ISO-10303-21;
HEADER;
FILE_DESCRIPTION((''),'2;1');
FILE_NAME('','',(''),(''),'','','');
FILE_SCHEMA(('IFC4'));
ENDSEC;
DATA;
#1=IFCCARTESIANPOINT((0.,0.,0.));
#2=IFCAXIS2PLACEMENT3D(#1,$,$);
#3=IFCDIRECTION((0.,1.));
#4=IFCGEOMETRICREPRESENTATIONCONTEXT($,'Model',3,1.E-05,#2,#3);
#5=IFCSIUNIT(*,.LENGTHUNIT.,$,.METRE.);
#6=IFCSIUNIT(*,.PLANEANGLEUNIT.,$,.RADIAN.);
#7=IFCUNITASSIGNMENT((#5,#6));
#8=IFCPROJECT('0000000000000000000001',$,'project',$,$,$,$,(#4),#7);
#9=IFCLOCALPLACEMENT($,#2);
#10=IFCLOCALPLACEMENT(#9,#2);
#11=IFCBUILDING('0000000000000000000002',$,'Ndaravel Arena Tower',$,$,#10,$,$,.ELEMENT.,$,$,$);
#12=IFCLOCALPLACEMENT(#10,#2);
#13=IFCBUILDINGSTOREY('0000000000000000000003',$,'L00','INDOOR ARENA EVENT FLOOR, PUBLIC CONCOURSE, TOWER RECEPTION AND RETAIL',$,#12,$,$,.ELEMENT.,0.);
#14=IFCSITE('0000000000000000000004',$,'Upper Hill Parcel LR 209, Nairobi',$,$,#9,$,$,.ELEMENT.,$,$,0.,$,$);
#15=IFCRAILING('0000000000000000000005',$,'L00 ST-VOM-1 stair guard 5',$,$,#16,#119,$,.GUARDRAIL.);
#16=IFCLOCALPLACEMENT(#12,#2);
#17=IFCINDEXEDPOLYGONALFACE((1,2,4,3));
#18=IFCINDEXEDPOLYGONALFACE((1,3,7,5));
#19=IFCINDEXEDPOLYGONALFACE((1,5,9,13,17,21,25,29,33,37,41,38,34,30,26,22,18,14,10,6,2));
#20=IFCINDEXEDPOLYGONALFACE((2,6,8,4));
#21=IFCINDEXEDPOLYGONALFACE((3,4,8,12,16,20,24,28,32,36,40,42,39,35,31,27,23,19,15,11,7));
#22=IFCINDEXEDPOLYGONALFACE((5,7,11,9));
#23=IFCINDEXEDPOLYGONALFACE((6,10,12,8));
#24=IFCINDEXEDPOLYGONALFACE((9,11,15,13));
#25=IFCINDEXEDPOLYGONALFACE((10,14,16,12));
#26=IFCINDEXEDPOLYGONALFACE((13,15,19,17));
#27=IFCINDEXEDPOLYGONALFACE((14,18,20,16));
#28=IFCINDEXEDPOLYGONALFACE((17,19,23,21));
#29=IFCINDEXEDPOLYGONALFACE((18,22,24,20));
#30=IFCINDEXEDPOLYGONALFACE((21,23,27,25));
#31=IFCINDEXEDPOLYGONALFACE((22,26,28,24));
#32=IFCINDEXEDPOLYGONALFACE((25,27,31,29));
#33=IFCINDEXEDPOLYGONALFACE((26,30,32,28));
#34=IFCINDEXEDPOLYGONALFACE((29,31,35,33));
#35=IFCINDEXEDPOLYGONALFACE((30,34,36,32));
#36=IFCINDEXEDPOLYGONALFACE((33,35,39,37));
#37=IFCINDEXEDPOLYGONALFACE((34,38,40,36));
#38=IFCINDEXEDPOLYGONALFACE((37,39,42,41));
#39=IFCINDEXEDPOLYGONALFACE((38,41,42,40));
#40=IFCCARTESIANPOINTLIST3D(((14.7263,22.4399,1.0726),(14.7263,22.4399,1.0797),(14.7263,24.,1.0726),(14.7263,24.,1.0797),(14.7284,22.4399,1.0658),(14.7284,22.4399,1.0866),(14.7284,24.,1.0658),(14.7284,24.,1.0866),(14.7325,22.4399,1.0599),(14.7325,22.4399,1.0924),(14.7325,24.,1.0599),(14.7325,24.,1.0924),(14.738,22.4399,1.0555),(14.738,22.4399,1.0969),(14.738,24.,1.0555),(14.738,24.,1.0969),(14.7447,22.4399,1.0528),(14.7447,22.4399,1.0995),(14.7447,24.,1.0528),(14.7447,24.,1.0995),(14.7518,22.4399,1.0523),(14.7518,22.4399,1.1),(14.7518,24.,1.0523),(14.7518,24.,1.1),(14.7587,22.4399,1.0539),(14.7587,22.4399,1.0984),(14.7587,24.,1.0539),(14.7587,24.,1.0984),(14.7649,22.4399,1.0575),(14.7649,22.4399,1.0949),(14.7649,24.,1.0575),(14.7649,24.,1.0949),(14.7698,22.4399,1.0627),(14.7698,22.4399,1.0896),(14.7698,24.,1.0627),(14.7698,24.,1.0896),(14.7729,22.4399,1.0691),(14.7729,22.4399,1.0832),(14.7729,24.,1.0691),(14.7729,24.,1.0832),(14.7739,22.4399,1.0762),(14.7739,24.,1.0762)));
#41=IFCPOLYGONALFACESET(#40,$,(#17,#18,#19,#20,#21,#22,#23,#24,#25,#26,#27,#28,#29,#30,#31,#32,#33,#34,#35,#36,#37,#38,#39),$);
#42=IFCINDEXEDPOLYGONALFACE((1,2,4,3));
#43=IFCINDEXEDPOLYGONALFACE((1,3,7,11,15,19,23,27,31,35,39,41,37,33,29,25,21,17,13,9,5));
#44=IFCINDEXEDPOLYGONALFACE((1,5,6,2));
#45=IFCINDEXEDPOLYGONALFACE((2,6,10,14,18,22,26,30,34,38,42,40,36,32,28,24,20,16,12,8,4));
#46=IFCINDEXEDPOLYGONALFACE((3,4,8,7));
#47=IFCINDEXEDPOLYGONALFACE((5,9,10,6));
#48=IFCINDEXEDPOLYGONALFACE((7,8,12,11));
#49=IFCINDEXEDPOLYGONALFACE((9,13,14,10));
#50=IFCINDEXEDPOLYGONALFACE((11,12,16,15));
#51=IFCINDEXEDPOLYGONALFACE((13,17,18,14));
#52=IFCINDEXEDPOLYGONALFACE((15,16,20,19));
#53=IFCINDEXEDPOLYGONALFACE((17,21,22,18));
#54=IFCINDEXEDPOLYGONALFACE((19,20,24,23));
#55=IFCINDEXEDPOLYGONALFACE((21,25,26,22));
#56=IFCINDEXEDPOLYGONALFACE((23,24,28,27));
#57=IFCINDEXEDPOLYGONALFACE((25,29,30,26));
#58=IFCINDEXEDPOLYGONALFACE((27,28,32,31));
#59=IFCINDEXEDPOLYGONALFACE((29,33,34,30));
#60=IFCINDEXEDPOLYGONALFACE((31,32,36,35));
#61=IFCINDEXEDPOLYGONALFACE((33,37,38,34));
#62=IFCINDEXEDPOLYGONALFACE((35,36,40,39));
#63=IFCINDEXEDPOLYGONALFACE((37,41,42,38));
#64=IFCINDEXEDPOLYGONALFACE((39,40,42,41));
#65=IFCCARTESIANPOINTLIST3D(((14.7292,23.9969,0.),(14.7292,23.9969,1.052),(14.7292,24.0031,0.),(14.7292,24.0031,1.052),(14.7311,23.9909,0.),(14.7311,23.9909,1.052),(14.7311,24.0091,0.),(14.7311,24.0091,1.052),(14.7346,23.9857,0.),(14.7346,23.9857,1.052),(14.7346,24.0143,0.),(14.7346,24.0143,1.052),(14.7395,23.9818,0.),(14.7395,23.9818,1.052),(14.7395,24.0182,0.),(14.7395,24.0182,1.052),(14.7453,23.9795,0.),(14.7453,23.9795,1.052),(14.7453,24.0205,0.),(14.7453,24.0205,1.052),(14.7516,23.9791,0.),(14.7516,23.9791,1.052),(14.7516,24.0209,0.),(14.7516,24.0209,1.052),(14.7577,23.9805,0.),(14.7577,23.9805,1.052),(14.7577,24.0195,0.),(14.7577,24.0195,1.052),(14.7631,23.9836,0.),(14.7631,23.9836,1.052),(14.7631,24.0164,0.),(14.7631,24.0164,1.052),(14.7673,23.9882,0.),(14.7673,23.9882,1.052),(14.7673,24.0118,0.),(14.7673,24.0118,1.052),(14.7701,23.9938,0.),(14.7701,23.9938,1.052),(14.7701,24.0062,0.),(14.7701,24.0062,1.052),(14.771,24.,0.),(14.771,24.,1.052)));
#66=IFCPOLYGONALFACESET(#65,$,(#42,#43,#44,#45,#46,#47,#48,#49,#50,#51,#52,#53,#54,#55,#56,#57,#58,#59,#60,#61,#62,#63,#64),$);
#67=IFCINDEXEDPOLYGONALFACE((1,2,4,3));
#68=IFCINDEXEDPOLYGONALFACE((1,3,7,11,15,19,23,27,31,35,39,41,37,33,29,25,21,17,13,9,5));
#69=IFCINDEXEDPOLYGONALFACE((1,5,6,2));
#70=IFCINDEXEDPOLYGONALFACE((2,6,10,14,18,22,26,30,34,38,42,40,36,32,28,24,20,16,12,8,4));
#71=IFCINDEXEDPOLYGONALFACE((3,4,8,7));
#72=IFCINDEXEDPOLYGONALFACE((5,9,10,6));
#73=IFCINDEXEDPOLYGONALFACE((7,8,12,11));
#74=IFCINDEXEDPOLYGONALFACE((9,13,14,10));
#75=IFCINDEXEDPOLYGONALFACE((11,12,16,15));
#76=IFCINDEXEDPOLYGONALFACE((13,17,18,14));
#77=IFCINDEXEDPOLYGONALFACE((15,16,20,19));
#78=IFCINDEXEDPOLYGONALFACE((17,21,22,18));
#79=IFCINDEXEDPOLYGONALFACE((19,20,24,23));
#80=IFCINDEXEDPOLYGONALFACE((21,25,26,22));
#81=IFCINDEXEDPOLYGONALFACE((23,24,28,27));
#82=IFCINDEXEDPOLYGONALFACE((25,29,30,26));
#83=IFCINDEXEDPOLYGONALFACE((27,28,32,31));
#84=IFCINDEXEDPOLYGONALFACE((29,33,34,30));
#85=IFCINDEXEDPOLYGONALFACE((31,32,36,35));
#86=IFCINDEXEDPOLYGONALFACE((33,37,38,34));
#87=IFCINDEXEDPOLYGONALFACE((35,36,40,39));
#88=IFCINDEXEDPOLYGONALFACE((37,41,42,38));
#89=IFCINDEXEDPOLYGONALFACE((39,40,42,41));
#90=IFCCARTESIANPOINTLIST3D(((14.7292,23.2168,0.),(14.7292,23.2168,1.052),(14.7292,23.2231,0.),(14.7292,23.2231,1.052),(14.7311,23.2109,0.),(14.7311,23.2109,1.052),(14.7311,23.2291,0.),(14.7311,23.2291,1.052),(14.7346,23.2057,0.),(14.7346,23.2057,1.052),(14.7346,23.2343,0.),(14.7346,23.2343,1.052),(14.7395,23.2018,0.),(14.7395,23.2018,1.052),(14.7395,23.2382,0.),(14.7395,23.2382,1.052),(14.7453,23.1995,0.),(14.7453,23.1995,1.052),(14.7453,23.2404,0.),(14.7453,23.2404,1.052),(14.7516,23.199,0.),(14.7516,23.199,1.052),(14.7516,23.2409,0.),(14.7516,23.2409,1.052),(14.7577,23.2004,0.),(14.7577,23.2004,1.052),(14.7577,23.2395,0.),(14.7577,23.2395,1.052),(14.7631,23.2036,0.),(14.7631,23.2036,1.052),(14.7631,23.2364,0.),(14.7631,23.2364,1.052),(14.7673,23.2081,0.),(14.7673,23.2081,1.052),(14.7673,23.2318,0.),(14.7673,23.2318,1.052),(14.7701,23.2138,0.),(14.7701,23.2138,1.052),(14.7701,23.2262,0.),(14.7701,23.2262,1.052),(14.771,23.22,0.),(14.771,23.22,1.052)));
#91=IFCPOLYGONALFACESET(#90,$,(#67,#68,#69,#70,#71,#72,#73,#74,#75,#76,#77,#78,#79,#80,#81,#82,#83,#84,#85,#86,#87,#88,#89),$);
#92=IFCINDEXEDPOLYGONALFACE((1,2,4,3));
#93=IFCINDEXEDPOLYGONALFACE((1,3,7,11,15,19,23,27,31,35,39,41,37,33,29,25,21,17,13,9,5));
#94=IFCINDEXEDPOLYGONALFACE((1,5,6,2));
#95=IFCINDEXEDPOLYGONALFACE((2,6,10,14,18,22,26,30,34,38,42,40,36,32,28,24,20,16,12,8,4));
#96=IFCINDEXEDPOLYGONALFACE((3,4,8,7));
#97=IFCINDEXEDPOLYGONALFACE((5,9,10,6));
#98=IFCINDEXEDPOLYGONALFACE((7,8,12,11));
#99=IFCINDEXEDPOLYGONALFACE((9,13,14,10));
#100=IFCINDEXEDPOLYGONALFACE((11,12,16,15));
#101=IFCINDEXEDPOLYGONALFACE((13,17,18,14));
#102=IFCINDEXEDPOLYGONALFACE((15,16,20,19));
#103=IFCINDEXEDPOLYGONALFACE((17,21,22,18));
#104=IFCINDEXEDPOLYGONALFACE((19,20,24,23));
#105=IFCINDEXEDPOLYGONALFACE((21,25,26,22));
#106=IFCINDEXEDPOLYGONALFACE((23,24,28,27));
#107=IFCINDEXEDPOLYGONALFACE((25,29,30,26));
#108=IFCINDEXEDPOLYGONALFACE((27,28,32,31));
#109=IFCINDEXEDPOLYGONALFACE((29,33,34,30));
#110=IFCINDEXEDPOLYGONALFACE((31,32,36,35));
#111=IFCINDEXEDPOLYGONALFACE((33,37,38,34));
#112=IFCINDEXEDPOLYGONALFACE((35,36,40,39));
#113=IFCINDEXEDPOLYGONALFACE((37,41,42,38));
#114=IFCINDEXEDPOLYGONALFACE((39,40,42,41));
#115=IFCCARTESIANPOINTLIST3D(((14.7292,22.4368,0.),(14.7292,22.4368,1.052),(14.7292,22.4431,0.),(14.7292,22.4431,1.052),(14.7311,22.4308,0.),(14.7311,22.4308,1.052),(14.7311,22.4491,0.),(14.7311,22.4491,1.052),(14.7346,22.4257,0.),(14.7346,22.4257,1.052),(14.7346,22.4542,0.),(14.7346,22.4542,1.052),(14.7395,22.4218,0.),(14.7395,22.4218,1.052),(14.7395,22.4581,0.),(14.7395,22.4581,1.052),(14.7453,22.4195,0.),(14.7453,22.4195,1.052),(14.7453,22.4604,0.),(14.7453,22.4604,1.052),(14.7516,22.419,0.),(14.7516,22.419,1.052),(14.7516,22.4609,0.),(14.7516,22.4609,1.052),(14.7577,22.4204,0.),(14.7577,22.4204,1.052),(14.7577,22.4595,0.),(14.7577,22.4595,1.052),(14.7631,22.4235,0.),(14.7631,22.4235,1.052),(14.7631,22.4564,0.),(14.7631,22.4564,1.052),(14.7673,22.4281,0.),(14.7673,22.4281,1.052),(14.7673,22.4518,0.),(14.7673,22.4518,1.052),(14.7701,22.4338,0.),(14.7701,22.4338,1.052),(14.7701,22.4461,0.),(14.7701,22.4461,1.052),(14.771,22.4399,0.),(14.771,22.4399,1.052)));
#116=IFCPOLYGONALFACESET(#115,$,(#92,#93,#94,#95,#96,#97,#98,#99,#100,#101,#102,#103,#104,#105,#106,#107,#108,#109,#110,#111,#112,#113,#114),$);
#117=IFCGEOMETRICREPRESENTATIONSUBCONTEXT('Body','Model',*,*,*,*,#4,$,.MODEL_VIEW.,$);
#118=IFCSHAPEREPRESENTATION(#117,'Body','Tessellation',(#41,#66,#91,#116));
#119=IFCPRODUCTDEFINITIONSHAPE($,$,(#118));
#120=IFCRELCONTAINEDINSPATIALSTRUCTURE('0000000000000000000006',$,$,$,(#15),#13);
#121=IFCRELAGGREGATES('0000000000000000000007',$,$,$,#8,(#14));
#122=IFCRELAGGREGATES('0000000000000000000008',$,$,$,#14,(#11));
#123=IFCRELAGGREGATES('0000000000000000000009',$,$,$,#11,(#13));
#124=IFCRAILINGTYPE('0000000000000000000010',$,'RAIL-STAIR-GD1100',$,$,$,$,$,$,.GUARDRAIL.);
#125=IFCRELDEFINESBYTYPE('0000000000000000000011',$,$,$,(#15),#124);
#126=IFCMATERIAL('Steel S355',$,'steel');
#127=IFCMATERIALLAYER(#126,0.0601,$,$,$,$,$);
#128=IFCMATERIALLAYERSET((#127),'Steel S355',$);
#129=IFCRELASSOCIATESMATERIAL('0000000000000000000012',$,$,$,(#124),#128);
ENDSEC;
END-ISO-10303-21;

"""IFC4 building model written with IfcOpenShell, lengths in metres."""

from ifc_helpers import new_model, si_unit, direction, frame, origin, origin_2d, place, context, subcontext, project, spatial, circle, extrude, material, layer, layer_set, type_object, element, save


model = new_model("IFC4")

# Units and contexts
model_context = context("Model", 3, precision=1e-05, world=origin(), true_north=direction((0.0, 1.0)))
body_context = subcontext(model_context, "Body", "Model", "MODEL_VIEW")
ifc_project = project(units=[si_unit("LENGTHUNIT", "METRE"), si_unit("PLANEANGLEUNIT", "RADIAN")], contexts=[model_context])

# Site, building, storey
site_placement = place(None, origin())
site = spatial("IfcSite", under=ifc_project, at=site_placement, Name="Upper Hill Parcel LR 209, Nairobi", CompositionType="ELEMENT", RefElevation=0.0)
building_placement = place(site_placement, origin())
building = spatial("IfcBuilding", under=site, at=building_placement, Name="Ndaravel Arena Tower", CompositionType="ELEMENT")
storey_placement = place(building_placement, origin())
storey = spatial("IfcBuildingStorey", under=building, at=storey_placement, Name="L00", Description="INDOOR ARENA EVENT FLOOR, PUBLIC CONCOURSE, TOWER RECEPTION AND RETAIL", CompositionType="ELEMENT", Elevation=0.0)

# Railing
ifc_material_1 = material(Name="Steel S355", Category="steel")
ifc_layer_1 = layer(ifc_material_1, 0.0601)
ifc_layer_set_1 = layer_set([ifc_layer_1], Name="Steel S355")
railing_type_1 = type_object("IfcRailingType", Name="RAIL-STAIR-GD1100", PredefinedType="GUARDRAIL", material=ifc_layer_set_1)
railing_1_placement = place(storey_placement, frame((14.75, 24.0, 0.0)))
element("IfcRailing", 1, at=railing_1_placement, inside=storey, type_object=railing_type_1, Name="L00 ST-VOM-1 stair guard 5", PredefinedType="GUARDRAIL", context=body_context, shape_type="SweptSolid", body=[
    extrude(circle(Radius=0.0239, at=origin_2d()), frame((0.0, 0.0, 1.0762), z_axis=(0.0, -1.0, 0.0), x_axis=(1.0, 0.0, 0.0)), (0.0, 0.0, 1.0), 1.5601),
    extrude(circle(Radius=0.021, at=origin_2d()), origin(), (0.0, 0.0, 1.0), 1.052),
    extrude(circle(Radius=0.021, at=origin_2d()), frame((0.0, -0.78, 0.0)), (0.0, 0.0, 1.0), 1.052),
    extrude(circle(Radius=0.021, at=origin_2d()), frame((0.0, -1.5601, 0.0)), (0.0, 0.0, 1.0), 1.052),
])

save(model, "model.ifc")
